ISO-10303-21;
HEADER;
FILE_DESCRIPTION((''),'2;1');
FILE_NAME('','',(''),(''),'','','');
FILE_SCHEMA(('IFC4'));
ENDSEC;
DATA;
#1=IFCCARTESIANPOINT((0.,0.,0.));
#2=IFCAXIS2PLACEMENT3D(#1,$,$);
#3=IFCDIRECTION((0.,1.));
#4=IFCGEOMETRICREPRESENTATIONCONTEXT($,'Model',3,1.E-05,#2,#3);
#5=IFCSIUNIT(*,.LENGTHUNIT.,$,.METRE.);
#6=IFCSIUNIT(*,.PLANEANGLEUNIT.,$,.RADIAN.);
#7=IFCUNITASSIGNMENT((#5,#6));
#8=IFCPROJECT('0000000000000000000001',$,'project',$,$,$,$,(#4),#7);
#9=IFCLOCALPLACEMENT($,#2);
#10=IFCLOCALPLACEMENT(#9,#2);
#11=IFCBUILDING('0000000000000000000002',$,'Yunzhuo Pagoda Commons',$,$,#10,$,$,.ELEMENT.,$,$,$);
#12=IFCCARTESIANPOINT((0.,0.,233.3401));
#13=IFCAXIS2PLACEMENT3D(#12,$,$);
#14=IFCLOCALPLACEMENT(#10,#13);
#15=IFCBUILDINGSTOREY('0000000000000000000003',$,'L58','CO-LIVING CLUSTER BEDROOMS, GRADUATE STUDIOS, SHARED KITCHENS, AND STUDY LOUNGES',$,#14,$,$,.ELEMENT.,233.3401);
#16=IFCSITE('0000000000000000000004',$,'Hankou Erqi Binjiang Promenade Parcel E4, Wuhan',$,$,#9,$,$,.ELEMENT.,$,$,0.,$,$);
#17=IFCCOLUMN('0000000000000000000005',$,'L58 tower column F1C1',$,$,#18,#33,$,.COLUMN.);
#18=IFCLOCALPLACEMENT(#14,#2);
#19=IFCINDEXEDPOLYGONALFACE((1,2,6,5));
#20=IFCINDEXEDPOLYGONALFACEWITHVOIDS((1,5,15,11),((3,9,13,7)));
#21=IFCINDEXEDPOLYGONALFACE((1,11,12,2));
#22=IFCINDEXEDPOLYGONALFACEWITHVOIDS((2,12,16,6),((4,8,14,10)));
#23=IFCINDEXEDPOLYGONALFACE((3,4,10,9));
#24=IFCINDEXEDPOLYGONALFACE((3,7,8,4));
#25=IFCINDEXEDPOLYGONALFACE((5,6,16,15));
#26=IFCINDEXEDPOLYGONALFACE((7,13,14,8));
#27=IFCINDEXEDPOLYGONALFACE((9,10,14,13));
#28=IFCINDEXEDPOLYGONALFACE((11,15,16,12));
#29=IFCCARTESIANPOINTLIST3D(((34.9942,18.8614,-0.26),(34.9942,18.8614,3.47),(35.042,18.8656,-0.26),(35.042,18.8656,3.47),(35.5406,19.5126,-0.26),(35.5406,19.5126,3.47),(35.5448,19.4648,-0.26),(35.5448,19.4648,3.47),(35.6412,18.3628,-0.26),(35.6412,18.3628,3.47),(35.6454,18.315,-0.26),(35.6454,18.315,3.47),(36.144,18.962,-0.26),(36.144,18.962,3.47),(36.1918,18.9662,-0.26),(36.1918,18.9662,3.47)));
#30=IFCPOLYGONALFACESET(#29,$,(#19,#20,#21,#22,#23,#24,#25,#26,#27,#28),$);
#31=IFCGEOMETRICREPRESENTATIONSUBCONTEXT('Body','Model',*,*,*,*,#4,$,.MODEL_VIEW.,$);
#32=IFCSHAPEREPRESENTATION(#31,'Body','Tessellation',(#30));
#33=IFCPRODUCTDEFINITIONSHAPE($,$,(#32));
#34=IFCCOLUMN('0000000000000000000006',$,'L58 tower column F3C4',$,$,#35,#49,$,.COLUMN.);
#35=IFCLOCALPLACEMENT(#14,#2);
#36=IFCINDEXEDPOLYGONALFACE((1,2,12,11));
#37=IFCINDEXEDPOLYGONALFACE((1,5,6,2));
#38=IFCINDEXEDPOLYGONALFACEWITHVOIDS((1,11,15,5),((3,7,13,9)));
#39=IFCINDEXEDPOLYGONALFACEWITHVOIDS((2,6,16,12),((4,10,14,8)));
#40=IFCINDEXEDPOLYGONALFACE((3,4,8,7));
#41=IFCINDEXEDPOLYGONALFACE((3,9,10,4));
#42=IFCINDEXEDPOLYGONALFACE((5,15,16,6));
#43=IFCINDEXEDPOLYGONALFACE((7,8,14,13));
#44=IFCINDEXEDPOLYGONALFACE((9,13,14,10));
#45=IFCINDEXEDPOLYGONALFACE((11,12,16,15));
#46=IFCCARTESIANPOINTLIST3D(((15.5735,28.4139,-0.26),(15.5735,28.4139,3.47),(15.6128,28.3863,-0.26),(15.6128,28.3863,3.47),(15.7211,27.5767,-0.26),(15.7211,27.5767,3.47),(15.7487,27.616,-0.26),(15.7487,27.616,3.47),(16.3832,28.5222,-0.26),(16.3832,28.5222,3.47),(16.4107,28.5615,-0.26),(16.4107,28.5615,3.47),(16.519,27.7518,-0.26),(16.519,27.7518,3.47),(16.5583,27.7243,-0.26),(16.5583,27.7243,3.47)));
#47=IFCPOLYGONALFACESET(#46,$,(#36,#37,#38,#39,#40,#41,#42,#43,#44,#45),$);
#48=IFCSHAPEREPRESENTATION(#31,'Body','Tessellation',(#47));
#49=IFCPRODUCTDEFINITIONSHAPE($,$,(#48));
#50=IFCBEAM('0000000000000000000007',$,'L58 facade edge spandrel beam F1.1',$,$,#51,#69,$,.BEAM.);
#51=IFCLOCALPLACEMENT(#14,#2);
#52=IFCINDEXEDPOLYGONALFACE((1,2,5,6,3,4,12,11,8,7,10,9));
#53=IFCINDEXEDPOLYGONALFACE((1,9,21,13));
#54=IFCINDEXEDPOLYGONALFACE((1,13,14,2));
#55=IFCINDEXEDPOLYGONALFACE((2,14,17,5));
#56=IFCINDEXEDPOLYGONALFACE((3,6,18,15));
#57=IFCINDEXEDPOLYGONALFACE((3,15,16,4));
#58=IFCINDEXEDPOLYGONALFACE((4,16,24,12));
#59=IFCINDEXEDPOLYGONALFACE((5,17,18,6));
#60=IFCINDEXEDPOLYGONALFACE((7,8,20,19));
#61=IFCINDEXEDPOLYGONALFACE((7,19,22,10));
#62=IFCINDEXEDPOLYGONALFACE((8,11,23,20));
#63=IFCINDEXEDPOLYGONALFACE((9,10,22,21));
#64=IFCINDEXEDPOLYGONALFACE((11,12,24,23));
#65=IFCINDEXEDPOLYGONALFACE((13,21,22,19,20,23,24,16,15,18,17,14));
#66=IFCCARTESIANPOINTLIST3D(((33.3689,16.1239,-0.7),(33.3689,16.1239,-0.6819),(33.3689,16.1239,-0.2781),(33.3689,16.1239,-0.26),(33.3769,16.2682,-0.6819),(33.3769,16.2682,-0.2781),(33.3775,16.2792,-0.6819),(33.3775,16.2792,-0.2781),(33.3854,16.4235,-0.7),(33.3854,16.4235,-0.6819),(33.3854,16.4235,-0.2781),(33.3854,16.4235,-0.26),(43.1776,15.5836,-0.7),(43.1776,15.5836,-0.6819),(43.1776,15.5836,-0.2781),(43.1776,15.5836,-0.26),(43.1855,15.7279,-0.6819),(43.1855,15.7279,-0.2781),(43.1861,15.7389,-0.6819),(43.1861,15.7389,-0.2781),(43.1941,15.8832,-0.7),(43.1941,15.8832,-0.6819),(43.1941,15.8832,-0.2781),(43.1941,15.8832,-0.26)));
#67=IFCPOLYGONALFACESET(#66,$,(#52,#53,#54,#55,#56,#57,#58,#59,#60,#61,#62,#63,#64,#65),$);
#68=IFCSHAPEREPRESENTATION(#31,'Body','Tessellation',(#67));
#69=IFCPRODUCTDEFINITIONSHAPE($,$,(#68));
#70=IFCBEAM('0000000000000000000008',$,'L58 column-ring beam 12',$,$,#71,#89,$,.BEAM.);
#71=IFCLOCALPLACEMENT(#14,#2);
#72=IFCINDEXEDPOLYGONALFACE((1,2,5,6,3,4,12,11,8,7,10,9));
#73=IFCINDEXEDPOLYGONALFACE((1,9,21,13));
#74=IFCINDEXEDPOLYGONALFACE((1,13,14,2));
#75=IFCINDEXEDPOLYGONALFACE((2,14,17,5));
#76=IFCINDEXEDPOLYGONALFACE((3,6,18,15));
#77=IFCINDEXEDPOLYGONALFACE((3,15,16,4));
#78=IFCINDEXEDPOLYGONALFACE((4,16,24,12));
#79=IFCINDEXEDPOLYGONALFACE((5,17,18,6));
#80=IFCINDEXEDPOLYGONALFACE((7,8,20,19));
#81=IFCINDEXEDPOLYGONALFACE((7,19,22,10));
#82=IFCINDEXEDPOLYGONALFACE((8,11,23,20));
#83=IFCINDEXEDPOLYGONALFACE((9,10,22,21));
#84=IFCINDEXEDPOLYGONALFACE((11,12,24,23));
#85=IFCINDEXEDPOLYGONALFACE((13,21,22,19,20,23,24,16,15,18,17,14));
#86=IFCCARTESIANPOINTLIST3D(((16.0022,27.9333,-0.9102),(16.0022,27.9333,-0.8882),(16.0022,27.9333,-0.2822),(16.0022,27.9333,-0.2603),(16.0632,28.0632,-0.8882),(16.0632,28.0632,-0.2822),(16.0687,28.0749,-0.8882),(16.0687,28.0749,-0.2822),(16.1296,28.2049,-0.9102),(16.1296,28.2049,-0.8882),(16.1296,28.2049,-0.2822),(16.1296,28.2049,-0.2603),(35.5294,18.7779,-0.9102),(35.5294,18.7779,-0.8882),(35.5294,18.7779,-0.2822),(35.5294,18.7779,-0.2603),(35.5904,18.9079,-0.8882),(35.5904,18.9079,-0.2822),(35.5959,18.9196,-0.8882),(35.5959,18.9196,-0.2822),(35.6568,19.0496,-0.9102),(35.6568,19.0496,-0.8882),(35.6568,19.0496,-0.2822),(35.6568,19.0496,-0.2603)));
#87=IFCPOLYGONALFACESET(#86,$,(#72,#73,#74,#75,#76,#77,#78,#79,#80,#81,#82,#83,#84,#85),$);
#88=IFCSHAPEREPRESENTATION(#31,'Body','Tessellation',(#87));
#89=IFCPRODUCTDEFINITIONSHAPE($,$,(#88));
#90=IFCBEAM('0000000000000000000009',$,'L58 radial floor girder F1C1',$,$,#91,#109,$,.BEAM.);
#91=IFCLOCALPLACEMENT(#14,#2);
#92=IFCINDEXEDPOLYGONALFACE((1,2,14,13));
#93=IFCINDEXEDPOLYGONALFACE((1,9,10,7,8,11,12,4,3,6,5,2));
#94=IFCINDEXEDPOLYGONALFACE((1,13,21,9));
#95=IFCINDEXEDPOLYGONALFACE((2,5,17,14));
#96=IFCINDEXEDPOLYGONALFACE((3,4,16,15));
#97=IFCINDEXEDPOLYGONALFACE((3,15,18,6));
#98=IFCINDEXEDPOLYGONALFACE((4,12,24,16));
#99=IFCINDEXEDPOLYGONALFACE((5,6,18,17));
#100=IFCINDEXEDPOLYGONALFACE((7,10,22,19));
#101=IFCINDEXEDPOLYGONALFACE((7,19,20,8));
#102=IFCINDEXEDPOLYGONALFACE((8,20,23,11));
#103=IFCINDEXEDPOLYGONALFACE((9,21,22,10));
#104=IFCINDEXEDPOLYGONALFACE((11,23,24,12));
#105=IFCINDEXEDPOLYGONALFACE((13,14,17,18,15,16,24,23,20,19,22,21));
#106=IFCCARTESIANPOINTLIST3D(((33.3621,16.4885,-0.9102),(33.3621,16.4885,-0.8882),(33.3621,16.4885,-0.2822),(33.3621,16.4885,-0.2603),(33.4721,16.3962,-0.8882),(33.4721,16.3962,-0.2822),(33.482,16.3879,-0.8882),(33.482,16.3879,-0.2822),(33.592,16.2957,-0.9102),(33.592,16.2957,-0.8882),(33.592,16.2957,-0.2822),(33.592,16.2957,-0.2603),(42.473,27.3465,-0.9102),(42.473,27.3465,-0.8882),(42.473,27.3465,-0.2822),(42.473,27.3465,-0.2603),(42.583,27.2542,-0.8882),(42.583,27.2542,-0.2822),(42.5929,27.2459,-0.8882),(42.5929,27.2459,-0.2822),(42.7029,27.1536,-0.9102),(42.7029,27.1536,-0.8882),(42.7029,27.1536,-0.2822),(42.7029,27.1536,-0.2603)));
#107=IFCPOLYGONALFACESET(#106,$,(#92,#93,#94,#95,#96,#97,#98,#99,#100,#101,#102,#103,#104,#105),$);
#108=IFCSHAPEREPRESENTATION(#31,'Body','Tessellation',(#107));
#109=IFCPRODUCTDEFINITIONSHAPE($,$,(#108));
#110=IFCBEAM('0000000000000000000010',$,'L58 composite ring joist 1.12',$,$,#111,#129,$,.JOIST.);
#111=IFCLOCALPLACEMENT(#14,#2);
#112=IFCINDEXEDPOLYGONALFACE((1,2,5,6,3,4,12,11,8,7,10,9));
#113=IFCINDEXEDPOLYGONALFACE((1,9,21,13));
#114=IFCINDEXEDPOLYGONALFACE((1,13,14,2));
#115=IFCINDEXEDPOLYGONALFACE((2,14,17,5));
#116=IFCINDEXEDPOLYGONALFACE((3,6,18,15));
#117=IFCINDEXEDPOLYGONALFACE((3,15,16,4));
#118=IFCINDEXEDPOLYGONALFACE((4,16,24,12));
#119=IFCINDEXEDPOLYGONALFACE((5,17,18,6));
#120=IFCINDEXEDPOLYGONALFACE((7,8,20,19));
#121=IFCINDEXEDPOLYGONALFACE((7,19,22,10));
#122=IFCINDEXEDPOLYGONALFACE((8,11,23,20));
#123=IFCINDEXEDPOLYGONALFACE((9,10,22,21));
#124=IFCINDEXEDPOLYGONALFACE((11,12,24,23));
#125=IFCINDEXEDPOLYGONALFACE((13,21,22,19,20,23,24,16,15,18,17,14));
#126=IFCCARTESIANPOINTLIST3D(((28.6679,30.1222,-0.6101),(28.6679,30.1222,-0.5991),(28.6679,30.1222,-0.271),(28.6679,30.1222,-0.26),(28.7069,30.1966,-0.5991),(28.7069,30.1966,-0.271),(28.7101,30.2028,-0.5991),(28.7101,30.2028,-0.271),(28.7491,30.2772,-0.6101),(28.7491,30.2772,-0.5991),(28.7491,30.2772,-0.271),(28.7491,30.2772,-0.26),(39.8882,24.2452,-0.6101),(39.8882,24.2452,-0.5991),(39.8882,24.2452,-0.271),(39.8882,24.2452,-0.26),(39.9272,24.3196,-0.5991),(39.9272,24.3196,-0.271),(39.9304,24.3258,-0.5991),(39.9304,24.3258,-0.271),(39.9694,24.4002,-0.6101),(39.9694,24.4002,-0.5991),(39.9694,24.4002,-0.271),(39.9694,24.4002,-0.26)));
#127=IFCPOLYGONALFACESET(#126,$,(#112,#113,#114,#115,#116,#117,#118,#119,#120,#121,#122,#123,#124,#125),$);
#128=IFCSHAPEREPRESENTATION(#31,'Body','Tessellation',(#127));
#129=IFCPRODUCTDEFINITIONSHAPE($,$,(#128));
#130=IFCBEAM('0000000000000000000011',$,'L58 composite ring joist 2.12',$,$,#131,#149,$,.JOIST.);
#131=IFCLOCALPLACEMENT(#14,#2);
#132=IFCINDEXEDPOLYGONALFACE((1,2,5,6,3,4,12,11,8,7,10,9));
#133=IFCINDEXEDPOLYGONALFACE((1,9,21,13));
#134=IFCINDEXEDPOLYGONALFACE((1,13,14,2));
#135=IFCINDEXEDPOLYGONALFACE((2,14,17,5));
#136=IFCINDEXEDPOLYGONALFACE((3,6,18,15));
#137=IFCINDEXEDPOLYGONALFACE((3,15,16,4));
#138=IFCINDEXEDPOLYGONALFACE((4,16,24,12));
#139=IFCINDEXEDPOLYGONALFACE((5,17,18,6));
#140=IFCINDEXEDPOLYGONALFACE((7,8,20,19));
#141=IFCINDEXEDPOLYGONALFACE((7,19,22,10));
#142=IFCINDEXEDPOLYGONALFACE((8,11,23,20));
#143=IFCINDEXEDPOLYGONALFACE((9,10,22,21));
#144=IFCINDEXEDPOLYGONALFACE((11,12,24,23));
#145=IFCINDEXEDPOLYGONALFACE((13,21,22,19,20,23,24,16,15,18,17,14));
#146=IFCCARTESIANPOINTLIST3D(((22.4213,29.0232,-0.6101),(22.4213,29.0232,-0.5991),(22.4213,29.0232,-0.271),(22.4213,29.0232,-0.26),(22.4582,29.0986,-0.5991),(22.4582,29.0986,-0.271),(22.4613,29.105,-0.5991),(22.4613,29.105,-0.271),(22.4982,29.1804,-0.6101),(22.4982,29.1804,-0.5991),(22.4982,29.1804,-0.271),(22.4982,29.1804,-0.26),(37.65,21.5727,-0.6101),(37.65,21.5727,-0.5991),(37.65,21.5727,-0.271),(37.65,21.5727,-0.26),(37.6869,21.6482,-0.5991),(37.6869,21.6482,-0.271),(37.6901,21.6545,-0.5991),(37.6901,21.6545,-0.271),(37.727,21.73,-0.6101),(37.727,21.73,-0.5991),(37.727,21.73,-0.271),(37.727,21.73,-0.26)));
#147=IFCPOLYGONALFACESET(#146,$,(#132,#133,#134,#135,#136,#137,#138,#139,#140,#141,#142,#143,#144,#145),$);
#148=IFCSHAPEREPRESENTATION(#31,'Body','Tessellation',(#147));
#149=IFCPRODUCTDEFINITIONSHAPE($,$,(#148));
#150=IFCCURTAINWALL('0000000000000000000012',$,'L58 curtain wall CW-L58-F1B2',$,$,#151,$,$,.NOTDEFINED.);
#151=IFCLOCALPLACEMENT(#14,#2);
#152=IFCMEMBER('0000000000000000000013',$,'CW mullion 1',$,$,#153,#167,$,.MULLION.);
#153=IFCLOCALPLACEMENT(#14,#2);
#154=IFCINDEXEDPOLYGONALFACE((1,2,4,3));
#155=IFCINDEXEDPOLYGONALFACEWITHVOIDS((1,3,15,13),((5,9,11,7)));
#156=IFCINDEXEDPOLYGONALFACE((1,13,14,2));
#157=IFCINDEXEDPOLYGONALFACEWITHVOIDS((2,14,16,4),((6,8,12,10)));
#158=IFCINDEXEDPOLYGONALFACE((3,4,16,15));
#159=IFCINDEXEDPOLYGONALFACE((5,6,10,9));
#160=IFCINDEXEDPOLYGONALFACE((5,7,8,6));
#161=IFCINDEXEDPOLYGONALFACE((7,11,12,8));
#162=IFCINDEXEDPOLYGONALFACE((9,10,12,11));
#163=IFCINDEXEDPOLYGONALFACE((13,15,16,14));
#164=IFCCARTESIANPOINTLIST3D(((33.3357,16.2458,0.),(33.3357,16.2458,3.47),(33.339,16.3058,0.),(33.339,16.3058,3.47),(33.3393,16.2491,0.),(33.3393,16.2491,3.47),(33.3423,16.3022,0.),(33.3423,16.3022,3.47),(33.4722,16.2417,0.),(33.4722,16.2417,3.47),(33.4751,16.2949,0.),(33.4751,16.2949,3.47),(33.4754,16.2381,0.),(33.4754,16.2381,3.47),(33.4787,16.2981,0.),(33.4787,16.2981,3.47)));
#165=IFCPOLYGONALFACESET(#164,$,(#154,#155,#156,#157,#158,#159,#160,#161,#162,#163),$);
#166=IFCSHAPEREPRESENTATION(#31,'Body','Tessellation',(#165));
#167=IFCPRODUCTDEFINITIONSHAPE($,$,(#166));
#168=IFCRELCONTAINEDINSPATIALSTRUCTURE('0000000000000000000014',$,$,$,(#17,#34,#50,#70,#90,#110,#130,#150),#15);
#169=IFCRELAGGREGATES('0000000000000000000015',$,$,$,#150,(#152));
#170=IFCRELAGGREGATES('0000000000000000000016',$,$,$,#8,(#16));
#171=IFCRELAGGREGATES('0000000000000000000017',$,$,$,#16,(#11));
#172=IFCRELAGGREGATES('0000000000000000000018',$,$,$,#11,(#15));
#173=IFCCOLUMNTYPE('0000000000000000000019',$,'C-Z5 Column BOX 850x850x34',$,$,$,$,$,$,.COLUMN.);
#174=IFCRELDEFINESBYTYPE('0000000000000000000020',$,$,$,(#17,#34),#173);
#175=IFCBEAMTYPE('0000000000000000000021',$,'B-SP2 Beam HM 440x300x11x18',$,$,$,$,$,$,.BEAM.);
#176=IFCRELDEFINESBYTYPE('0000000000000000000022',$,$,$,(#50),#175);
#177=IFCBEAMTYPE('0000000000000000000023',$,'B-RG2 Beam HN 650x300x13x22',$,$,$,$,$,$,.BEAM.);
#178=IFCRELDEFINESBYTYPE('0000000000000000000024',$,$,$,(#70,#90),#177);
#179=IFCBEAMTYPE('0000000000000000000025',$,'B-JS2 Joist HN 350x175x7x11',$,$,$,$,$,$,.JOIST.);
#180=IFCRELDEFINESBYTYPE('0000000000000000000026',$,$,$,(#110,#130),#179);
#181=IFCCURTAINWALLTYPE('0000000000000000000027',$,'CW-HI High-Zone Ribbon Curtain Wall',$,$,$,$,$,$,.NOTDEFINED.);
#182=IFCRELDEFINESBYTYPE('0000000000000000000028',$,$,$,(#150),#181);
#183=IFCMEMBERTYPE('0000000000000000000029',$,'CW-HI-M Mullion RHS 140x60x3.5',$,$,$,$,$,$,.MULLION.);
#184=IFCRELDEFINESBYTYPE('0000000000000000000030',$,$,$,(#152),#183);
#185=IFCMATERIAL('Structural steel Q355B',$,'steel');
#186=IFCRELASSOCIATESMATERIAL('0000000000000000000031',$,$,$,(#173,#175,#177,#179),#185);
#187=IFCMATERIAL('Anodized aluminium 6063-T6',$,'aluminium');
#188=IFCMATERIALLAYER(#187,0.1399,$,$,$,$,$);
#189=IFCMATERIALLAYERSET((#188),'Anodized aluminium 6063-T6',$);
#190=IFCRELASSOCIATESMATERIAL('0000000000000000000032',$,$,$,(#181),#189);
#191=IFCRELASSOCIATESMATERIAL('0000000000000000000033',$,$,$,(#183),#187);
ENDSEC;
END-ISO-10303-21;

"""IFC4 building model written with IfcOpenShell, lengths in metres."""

from ifc_helpers import new_model, si_unit, direction, frame, origin, origin_2d, place, context, subcontext, project, spatial, hollow_rectangle, i_section, extrude, source, transform, mapped, material, layer, layer_set, material_profile, profile_set, type_object, element, aggregate, save


model = new_model("IFC4")

# Units and contexts
model_context = context("Model", 3, precision=1e-05, world=origin(), true_north=direction((0.0, 1.0)))
body_context = subcontext(model_context, "Body", "Model", "MODEL_VIEW")
ifc_project = project(units=[si_unit("LENGTHUNIT", "METRE"), si_unit("PLANEANGLEUNIT", "RADIAN")], contexts=[model_context])

# Site, building, storey
site_placement = place(None, origin())
site = spatial("IfcSite", under=ifc_project, at=site_placement, Name="Hankou Erqi Binjiang Promenade Parcel E4, Wuhan", CompositionType="ELEMENT", RefElevation=0.0)
building_placement = place(site_placement, origin())
building = spatial("IfcBuilding", under=site, at=building_placement, Name="Yunzhuo Pagoda Commons", CompositionType="ELEMENT")
storey_placement = place(building_placement, frame((0.0, 0.0, 233.3401)))
storey = spatial("IfcBuildingStorey", under=building, at=storey_placement, Name="L58", Description="CO-LIVING CLUSTER BEDROOMS, GRADUATE STUDIOS, SHARED KITCHENS, AND STUDY LOUNGES", CompositionType="ELEMENT", Elevation=233.3401)

# Columns
ifc_material_1 = material(Name="Structural steel Q355B", Category="steel")
ifc_material_profile_1 = material_profile(ifc_material_1, hollow_rectangle(XDim=0.8501, YDim=0.8501, WallThickness=0.0339, at=origin_2d()), Name="Structural steel Q355B")
ifc_profile_set_1 = profile_set([ifc_material_profile_1], Name="Structural steel Q355B")
column_type = type_object("IfcColumnType", Name="C-Z5 Column BOX 850x850x34", PredefinedType="COLUMN", material=ifc_profile_set_1)
shared_shape_1 = source(origin(), body_context, "Body", "SweptSolid", [
    extrude(hollow_rectangle(XDim=0.8501, YDim=0.8501, WallThickness=0.0339, at=origin_2d()), origin(), (0.0, 0.0, 1.0), 3.73),
])
for number, where, z_axis, x_axis, name in (
    (1, (35.593, 18.9138, -0.26), (0.0, 0.0, 1.0), (0.766044, -0.642788, 0.0), "L58 tower column F1C1"),
    (2, (16.0659, 28.0691, -0.26), (0.0, 0.0, 1.0), (0.173648, -0.984808, 0.0), "L58 tower column F3C4"),
):
    element("IfcColumn", number, at=place(storey_placement, frame(where, z_axis=z_axis, x_axis=x_axis)), inside=storey, type_object=column_type, Name=name, PredefinedType="COLUMN", context=body_context, shape_type="MappedRepresentation", body=[
        mapped(shared_shape_1, transform((0.0, 0.0, 0.0), scale=1.0)),
    ])

# Beams
ifc_material_profile_2 = material_profile(ifc_material_1, i_section(OverallWidth=0.3, OverallDepth=0.4399, WebThickness=0.011, FlangeThickness=0.0181, at=origin_2d()), Name="Structural steel Q355B")
ifc_profile_set_2 = profile_set([ifc_material_profile_2], Name="Structural steel Q355B")
beam_type_1 = type_object("IfcBeamType", Name="B-SP2 Beam HM 440x300x11x18", PredefinedType="BEAM", material=ifc_profile_set_2)
shared_shape_2 = source(origin(), body_context, "Body", "SweptSolid", [
    extrude(i_section(OverallWidth=0.3, OverallDepth=0.4399, WebThickness=0.011, FlangeThickness=0.0181, at=origin_2d()), origin(), (0.0, 0.0, 1.0), 9.8235),
])
beam_1_placement = place(storey_placement, frame((33.3772, 16.2737, -0.48), z_axis=(0.998486, -0.054999, 0.0), x_axis=(0.054999, 0.998486, 0.0)))
element("IfcBeam", 3, at=beam_1_placement, inside=storey, type_object=beam_type_1, Name="L58 facade edge spandrel beam F1.1", PredefinedType="BEAM", context=body_context, shape_type="MappedRepresentation", body=[
    mapped(shared_shape_2, transform((0.0, 0.0, 0.0), scale=1.0)),
])
ifc_material_profile_3 = material_profile(ifc_material_1, i_section(OverallWidth=0.3, OverallDepth=0.6499, WebThickness=0.0129, FlangeThickness=0.022, at=origin_2d()), Name="Structural steel Q355B")
ifc_profile_set_3 = profile_set([ifc_material_profile_3], Name="Structural steel Q355B")
beam_type_2 = type_object("IfcBeamType", Name="B-RG2 Beam HN 650x300x13x22", PredefinedType="BEAM", material=ifc_profile_set_3)
shared_shape_3 = source(origin(), body_context, "Body", "SweptSolid", [
    extrude(i_section(OverallWidth=0.3, OverallDepth=0.6499, WebThickness=0.0129, FlangeThickness=0.022, at=origin_2d()), origin(), (0.0, 0.0, 1.0), 21.5669),
])
beam_2_placement = place(storey_placement, frame((16.0659, 28.0691, -0.5852), z_axis=(0.905424, -0.424508, 0.0), x_axis=(0.424508, 0.905424, 0.0)))
element("IfcBeam", 4, at=beam_2_placement, inside=storey, type_object=beam_type_2, Name="L58 column-ring beam 12", PredefinedType="BEAM", context=body_context, shape_type="MappedRepresentation", body=[
    mapped(shared_shape_3, transform((0.0, 0.0, 0.0), scale=1.0)),
])
shared_shape_4 = source(origin(), body_context, "Body", "SweptSolid", [
    extrude(i_section(OverallWidth=0.3, OverallDepth=0.6499, WebThickness=0.0129, FlangeThickness=0.022, at=origin_2d()), origin(), (0.0, 0.0, 1.0), 14.1741),
])
beam_3_placement = place(storey_placement, frame((33.4771, 16.3921, -0.5852), z_axis=(0.642786, 0.766045, 0.0), x_axis=(-0.766045, 0.642786, 0.0)))
element("IfcBeam", 5, at=beam_3_placement, inside=storey, type_object=beam_type_2, Name="L58 radial floor girder F1C1", PredefinedType="BEAM", context=body_context, shape_type="MappedRepresentation", body=[
    mapped(shared_shape_4, transform((0.0, 0.0, 0.0), scale=1.0)),
])
ifc_material_profile_4 = material_profile(ifc_material_1, i_section(OverallWidth=0.175, OverallDepth=0.3501, WebThickness=0.0071, FlangeThickness=0.011, at=origin_2d()), Name="Structural steel Q355B")
ifc_profile_set_4 = profile_set([ifc_material_profile_4], Name="Structural steel Q355B")
beam_type_3 = type_object("IfcBeamType", Name="B-JS2 Joist HN 350x175x7x11", PredefinedType="JOIST", material=ifc_profile_set_4)
shared_shape_5 = source(origin(), body_context, "Body", "SweptSolid", [
    extrude(i_section(OverallWidth=0.175, OverallDepth=0.3501, WebThickness=0.0071, FlangeThickness=0.011, at=origin_2d()), origin(), (0.0, 0.0, 1.0), 12.6663),
])
beam_4_placement = place(storey_placement, frame((28.7085, 30.1997, -0.4351), z_axis=(0.885841, -0.463988, 0.0), x_axis=(0.463988, 0.885841, 0.0)))
element("IfcBeam", 6, at=beam_4_placement, inside=storey, type_object=beam_type_3, Name="L58 composite ring joist 1.12", PredefinedType="JOIST", context=body_context, shape_type="MappedRepresentation", body=[
    mapped(shared_shape_5, transform((0.0, 0.0, 0.0), scale=1.0)),
])
shared_shape_6 = source(origin(), body_context, "Body", "SweptSolid", [
    extrude(i_section(OverallWidth=0.175, OverallDepth=0.3501, WebThickness=0.0071, FlangeThickness=0.011, at=origin_2d()), origin(), (0.0, 0.0, 1.0), 16.9536),
])
beam_5_placement = place(storey_placement, frame((22.4597, 29.1018, -0.4351), z_axis=(0.898262, -0.439461, 0.0), x_axis=(0.439461, 0.898262, 0.0)))
element("IfcBeam", 7, at=beam_5_placement, inside=storey, type_object=beam_type_3, Name="L58 composite ring joist 2.12", PredefinedType="JOIST", context=body_context, shape_type="MappedRepresentation", body=[
    mapped(shared_shape_6, transform((0.0, 0.0, 0.0), scale=1.0)),
])

# Curtain wall, member
ifc_material_2 = material(Name="Anodized aluminium 6063-T6", Category="aluminium")
ifc_layer_1 = layer(ifc_material_2, 0.1399)
ifc_layer_set_1 = layer_set([ifc_layer_1], Name="Anodized aluminium 6063-T6")
curtain_wall_type = type_object("IfcCurtainWallType", Name="CW-HI High-Zone Ribbon Curtain Wall", PredefinedType="NOTDEFINED", material=ifc_layer_set_1)
curtain_wall_1_placement = place(storey_placement, origin())
curtain_wall_1 = element("IfcCurtainWall", 8, at=curtain_wall_1_placement, inside=storey, type_object=curtain_wall_type, Name="L58 curtain wall CW-L58-F1B2", PredefinedType="NOTDEFINED")
ifc_material_profile_5 = material_profile(ifc_material_2, hollow_rectangle(XDim=0.0601, YDim=0.1399, WallThickness=0.0034, at=origin_2d()), Name="Anodized aluminium 6063-T6")
ifc_profile_set_5 = profile_set([ifc_material_profile_5], Name="Anodized aluminium 6063-T6")
member_type_1 = type_object("IfcMemberType", Name="CW-HI-M Mullion RHS 140x60x3.5", PredefinedType="MULLION", material=ifc_profile_set_5)
shared_shape_7 = source(origin(), body_context, "Body", "SweptSolid", [
    extrude(hollow_rectangle(XDim=0.0601, YDim=0.1399, WallThickness=0.0034, at=origin_2d()), origin(), (0.0, 0.0, 1.0), 3.47),
])
member_1_placement = place(storey_placement, frame((33.4072, 16.272, 0.0), z_axis=(0.0, 0.0, 1.0), x_axis=(0.054981, 0.998487, 0.0)))
member_1 = element("IfcMember", 9, at=member_1_placement, type_object=member_type_1, Name="CW mullion 1", PredefinedType="MULLION", context=body_context, shape_type="MappedRepresentation", body=[
    mapped(shared_shape_7, transform((0.0, 0.0, 0.0), scale=1.0)),
])

aggregate(curtain_wall_1, [member_1])

save(model, "model.ifc")
